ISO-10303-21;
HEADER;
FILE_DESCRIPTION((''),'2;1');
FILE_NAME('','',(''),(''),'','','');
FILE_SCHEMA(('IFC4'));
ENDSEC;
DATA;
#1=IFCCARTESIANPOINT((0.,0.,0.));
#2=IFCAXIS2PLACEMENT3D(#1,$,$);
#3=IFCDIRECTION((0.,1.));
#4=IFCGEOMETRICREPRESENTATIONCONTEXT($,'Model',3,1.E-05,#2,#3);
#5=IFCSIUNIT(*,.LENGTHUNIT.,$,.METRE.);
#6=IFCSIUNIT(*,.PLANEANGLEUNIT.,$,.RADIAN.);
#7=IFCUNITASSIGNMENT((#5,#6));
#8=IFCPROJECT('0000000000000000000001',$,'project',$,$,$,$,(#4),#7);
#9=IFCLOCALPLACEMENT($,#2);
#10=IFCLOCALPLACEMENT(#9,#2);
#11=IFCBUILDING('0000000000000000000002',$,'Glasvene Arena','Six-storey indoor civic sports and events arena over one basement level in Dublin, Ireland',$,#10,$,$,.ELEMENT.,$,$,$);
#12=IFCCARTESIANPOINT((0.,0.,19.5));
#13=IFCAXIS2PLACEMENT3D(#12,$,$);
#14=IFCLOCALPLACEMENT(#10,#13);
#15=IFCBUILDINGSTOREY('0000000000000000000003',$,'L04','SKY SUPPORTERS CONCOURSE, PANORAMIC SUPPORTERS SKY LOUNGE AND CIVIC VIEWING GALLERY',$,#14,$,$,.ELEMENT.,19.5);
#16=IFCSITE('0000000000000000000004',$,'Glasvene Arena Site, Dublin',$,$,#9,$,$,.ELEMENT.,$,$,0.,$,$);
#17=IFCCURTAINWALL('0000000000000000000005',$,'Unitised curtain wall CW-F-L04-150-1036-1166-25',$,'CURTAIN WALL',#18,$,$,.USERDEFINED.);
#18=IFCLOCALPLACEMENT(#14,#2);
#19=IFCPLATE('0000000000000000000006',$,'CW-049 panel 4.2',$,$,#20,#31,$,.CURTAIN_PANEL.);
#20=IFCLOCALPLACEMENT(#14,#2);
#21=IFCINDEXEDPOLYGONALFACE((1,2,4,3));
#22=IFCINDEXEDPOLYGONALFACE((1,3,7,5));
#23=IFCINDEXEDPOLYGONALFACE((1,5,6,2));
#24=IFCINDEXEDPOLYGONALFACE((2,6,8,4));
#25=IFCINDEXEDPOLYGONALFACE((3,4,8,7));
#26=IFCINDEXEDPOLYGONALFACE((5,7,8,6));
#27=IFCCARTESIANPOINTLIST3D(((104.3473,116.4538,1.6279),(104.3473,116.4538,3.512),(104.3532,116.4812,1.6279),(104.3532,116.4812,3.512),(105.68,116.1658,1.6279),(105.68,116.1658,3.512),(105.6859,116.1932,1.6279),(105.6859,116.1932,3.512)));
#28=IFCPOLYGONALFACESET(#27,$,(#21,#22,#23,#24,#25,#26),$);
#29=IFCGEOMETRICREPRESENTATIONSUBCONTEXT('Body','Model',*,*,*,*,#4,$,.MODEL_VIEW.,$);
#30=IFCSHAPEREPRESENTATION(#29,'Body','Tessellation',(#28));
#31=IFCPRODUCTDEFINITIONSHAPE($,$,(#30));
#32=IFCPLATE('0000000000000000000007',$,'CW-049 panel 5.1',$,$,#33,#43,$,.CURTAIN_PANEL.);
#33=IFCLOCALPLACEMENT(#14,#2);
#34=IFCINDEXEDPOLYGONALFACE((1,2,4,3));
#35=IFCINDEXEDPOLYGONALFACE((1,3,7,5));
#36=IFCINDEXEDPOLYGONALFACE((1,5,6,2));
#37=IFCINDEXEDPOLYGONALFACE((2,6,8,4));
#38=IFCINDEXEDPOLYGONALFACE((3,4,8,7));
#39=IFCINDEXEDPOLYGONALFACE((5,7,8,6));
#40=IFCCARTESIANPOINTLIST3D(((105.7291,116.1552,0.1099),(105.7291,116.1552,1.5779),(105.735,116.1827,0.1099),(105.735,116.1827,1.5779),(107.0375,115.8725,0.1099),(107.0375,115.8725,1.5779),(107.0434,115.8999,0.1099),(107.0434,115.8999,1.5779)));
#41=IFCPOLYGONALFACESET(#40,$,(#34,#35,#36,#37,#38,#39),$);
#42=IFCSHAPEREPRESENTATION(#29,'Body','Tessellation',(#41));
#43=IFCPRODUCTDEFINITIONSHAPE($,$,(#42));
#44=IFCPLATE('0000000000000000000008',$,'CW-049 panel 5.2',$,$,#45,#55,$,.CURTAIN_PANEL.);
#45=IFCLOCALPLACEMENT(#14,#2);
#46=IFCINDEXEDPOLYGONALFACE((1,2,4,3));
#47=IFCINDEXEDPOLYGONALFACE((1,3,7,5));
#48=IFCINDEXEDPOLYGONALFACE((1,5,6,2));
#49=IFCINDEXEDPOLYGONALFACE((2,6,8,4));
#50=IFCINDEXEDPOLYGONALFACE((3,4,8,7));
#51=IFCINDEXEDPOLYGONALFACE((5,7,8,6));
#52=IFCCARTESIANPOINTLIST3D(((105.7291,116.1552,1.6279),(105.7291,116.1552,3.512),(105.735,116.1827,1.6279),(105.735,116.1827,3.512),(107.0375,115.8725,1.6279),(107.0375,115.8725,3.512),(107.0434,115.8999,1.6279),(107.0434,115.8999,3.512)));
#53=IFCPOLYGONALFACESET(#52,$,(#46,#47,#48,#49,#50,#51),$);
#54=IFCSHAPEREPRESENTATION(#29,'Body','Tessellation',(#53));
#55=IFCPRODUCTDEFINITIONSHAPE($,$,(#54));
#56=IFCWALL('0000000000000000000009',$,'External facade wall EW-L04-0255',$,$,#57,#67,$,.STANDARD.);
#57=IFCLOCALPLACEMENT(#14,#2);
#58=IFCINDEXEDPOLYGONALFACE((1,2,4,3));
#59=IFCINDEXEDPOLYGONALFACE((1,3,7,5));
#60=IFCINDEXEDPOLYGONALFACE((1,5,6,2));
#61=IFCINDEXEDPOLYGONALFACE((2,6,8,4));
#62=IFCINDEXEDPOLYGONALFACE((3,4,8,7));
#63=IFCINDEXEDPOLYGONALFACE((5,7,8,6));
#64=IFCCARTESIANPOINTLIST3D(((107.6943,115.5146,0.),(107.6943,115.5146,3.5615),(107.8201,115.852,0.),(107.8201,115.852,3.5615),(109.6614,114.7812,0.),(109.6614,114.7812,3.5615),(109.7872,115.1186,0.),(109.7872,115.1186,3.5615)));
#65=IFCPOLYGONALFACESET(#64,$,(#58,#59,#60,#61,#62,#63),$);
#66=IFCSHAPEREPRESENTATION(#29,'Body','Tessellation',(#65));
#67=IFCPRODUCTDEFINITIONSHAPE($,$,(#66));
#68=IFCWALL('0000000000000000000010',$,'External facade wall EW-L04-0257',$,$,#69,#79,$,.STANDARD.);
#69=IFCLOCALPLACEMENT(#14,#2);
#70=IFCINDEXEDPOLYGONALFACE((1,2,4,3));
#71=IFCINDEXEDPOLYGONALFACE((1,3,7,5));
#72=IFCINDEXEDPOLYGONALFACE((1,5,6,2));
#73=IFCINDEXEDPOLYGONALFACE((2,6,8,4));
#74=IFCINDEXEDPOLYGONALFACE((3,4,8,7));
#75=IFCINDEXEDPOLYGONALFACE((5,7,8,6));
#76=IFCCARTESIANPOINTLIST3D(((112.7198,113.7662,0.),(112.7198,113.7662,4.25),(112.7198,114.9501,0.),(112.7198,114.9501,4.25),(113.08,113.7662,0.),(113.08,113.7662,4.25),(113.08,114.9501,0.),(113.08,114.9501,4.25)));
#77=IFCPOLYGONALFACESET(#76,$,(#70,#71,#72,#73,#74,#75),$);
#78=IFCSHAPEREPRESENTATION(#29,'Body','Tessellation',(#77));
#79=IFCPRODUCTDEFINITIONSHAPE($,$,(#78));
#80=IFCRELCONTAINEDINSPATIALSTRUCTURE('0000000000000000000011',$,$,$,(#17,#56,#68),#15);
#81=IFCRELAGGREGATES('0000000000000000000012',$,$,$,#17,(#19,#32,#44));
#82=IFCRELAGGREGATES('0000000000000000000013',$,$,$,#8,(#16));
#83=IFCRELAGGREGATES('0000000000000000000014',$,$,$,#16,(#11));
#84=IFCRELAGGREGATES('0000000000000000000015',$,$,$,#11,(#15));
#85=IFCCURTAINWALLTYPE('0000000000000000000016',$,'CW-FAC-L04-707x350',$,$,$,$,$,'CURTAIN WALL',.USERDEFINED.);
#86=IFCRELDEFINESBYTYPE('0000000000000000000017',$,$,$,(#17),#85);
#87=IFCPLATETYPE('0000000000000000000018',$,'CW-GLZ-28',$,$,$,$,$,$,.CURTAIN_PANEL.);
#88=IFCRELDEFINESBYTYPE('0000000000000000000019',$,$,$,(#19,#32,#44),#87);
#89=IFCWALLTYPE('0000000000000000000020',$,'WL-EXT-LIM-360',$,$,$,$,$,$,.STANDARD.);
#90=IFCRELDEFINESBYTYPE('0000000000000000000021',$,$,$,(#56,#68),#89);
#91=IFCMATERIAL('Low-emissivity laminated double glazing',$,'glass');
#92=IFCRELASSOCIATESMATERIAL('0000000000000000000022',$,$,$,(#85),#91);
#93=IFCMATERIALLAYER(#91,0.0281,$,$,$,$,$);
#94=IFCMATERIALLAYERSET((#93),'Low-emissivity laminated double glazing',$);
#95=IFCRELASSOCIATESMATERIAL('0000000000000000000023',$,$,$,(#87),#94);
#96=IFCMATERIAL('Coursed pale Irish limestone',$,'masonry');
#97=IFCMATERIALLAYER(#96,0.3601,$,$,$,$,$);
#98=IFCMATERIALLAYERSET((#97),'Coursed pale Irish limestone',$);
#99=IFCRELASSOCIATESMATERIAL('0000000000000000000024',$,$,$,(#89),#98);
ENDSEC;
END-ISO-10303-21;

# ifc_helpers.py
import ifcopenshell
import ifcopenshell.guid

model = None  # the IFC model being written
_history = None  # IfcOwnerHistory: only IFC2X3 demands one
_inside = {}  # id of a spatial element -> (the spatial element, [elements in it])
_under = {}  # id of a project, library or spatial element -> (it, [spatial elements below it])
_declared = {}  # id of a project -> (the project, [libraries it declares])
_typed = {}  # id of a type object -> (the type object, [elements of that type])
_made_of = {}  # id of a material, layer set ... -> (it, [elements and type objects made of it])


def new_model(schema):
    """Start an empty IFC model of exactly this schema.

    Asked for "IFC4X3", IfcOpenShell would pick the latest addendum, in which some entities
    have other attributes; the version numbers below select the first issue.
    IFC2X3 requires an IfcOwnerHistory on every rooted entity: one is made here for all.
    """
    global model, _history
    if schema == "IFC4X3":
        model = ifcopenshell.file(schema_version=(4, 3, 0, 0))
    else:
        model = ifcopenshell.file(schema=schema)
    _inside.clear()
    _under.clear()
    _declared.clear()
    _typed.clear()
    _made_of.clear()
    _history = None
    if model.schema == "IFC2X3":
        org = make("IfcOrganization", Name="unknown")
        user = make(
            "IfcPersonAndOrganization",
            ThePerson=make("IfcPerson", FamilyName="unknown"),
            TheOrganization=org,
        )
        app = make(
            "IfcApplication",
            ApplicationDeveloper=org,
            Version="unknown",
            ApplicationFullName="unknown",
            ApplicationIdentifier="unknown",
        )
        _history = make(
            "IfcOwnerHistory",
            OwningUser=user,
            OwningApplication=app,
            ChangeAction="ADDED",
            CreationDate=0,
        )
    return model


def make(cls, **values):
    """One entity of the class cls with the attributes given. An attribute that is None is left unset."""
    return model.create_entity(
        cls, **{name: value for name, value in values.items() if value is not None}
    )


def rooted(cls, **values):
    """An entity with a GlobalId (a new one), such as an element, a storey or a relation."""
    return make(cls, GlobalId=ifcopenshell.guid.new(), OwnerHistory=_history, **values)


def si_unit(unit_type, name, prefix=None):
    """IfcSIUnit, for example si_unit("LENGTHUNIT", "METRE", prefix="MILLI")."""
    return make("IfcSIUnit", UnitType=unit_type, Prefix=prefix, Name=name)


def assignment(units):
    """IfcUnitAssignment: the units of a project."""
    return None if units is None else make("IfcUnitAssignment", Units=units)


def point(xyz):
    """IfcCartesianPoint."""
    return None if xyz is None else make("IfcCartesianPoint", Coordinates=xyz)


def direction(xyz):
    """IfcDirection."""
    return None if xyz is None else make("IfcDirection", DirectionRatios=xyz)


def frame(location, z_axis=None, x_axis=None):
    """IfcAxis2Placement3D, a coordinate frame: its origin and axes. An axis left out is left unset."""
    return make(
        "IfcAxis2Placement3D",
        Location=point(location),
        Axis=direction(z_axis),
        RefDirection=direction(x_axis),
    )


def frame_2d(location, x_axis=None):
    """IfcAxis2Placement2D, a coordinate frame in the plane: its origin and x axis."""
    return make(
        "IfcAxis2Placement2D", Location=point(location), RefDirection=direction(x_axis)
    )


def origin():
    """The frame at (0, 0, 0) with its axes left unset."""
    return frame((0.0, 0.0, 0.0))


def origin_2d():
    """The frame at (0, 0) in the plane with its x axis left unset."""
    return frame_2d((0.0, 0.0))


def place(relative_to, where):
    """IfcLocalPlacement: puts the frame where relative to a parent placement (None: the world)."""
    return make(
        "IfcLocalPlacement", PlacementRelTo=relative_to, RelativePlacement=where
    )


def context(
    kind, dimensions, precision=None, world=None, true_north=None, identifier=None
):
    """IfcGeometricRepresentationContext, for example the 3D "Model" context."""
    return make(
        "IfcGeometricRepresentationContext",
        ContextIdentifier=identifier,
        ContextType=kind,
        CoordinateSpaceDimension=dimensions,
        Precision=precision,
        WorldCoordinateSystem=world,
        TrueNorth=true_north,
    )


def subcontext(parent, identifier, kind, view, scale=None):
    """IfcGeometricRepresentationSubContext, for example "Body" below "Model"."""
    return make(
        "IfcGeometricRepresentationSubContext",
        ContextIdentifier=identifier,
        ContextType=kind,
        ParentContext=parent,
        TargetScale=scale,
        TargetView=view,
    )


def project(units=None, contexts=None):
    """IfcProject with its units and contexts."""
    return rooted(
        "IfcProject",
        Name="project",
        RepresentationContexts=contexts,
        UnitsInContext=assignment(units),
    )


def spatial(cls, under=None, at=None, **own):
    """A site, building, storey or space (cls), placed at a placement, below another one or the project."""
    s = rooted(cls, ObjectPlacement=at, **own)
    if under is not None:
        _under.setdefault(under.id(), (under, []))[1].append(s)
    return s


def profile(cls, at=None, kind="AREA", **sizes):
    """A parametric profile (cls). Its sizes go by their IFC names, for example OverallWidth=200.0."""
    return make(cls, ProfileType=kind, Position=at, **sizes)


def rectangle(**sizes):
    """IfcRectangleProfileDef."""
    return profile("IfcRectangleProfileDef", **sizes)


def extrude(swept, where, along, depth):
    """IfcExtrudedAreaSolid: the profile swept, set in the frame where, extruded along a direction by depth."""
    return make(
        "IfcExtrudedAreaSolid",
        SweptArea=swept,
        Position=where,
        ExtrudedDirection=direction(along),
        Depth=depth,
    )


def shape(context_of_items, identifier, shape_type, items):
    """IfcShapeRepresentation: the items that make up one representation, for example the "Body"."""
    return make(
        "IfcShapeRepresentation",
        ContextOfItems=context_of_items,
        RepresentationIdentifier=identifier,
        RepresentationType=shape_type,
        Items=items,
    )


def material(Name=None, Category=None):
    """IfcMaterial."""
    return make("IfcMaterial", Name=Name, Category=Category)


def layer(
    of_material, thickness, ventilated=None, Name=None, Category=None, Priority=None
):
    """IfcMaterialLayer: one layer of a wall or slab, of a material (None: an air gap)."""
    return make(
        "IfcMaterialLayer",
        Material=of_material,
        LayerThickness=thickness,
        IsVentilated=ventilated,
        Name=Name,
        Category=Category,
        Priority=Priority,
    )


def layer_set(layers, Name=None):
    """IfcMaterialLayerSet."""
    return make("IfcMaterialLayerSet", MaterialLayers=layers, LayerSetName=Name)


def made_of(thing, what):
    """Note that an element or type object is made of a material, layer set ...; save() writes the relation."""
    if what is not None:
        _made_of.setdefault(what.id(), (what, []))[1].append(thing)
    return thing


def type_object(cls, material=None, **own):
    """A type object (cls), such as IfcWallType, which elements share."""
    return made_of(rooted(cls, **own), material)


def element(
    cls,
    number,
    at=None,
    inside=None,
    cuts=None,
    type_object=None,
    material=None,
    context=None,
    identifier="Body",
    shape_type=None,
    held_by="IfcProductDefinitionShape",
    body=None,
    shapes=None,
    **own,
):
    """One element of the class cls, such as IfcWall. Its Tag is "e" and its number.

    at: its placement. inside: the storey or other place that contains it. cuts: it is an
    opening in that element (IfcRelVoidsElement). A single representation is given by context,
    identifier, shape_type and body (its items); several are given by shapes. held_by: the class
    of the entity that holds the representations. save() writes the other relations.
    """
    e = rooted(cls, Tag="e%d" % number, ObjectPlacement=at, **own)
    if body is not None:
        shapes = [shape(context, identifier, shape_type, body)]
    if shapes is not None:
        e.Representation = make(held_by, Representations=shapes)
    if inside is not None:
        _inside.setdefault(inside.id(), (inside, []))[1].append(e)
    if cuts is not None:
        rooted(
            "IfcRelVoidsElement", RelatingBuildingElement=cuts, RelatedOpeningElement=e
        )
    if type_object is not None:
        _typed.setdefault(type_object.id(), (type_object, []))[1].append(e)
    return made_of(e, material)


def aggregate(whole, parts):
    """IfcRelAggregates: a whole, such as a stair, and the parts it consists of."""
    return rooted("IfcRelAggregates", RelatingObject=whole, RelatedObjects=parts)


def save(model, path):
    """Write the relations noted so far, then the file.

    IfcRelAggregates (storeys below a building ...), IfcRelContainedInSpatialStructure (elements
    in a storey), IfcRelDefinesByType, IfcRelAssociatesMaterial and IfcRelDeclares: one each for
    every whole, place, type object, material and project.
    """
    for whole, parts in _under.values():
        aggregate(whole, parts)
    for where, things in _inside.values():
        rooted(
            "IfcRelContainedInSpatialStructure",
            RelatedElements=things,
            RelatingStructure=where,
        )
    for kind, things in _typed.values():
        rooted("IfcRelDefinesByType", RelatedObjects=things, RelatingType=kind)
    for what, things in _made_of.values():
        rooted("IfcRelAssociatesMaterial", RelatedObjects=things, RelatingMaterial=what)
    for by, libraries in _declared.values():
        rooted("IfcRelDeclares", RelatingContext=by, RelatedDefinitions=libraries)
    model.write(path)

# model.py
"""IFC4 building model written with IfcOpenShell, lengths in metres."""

from ifc_helpers import new_model, si_unit, direction, frame, frame_2d, origin, origin_2d, place, context, subcontext, project, spatial, rectangle, extrude, material, layer, layer_set, type_object, element, aggregate, save


model = new_model("IFC4")

# Units and contexts
model_context = context("Model", 3, precision=1e-05, world=origin(), true_north=direction((0.0, 1.0)))
body_context = subcontext(model_context, "Body", "Model", "MODEL_VIEW")
ifc_project = project(units=[si_unit("LENGTHUNIT", "METRE"), si_unit("PLANEANGLEUNIT", "RADIAN")], contexts=[model_context])

# Site, building, storey
site_placement = place(None, origin())
site = spatial("IfcSite", under=ifc_project, at=site_placement, Name="Glasvene Arena Site, Dublin", CompositionType="ELEMENT", RefElevation=0.0)
building_placement = place(site_placement, origin())
building = spatial("IfcBuilding", under=site, at=building_placement, Name="Glasvene Arena", Description="Six-storey indoor civic sports and events arena over one basement level in Dublin, Ireland", CompositionType="ELEMENT")
storey_placement = place(building_placement, frame((0.0, 0.0, 19.5)))
storey = spatial("IfcBuildingStorey", under=building, at=storey_placement, Name="L04", Description="SKY SUPPORTERS CONCOURSE, PANORAMIC SUPPORTERS SKY LOUNGE AND CIVIC VIEWING GALLERY", CompositionType="ELEMENT", Elevation=19.5)

# Curtain wall, plates
ifc_material_1 = material(Name="Low-emissivity laminated double glazing", Category="glass")
curtain_wall_type = type_object("IfcCurtainWallType", Name="CW-FAC-L04-707x350", ElementType="CURTAIN WALL", PredefinedType="USERDEFINED", material=ifc_material_1)
curtain_wall_placement = place(storey_placement, frame((100.1807, 117.3684, 0.0)))
curtain_wall = element("IfcCurtainWall", 1, at=curtain_wall_placement, inside=storey, type_object=curtain_wall_type, Name="Unitised curtain wall CW-F-L04-150-1036-1166-25", ObjectType="CURTAIN WALL", PredefinedType="USERDEFINED")
ifc_layer_1 = layer(ifc_material_1, 0.0281)
ifc_layer_set_1 = layer_set([ifc_layer_1], Name="Low-emissivity laminated double glazing")
plate_type = type_object("IfcPlateType", Name="CW-GLZ-28", PredefinedType="CURTAIN_PANEL", material=ifc_layer_set_1)
plate_1_placement = place(storey_placement, frame((105.0166, 116.3235, 1.6279), z_axis=(0.0, 0.0, 1.0), x_axis=(0.977438, -0.211221, 0.0)))
plate_1 = element("IfcPlate", 2, at=plate_1_placement, type_object=plate_type, Name="CW-049 panel 4.2", PredefinedType="CURTAIN_PANEL", context=body_context, shape_type="SweptSolid", body=[
    extrude(rectangle(XDim=1.3635, YDim=0.0281, at=origin_2d()), origin(), (0.0, 0.0, 1.0), 1.884),
])
plate_2_placement = place(storey_placement, frame((106.3862, 116.0276, 0.1099), z_axis=(0.0, 0.0, 1.0), x_axis=(0.977438, -0.211221, 0.0)))
plate_2 = element("IfcPlate", 3, at=plate_2_placement, type_object=plate_type, Name="CW-049 panel 5.1", PredefinedType="CURTAIN_PANEL", context=body_context, shape_type="SweptSolid", body=[
    extrude(rectangle(XDim=1.3386, YDim=0.0281, at=origin_2d()), origin(), (0.0, 0.0, 1.0), 1.468),
])
plate_3_placement = place(storey_placement, frame((106.3862, 116.0276, 1.6279), z_axis=(0.0, 0.0, 1.0), x_axis=(0.977438, -0.211221, 0.0)))
plate_3 = element("IfcPlate", 4, at=plate_3_placement, type_object=plate_type, Name="CW-049 panel 5.2", PredefinedType="CURTAIN_PANEL", context=body_context, shape_type="SweptSolid", body=[
    extrude(rectangle(XDim=1.3386, YDim=0.0281, at=origin_2d()), origin(), (0.0, 0.0, 1.0), 1.884),
])
aggregate(curtain_wall, [plate_1, plate_2, plate_3])

# Walls
ifc_material_2 = material(Name="Coursed pale Irish limestone", Category="masonry")
ifc_layer_2 = layer(ifc_material_2, 0.3601)
ifc_layer_set_2 = layer_set([ifc_layer_2], Name="Coursed pale Irish limestone")
wall_type = type_object("IfcWallType", Name="WL-EXT-LIM-360", PredefinedType="STANDARD", material=ifc_layer_set_2)
wall_1_placement = place(storey_placement, frame((107.7571, 115.6833, 0.0), z_axis=(0.0, 0.0, 1.0), x_axis=(0.936992, -0.349351, 0.0)))
element("IfcWall", 5, at=wall_1_placement, inside=storey, type_object=wall_type, Name="External facade wall EW-L04-0255", PredefinedType="STANDARD", context=body_context, shape_type="SweptSolid", body=[
    extrude(rectangle(XDim=2.0994, YDim=0.3601, at=frame_2d((1.0498, 0.0))), origin(), (0.0, 0.0, 1.0), 3.5615),
])
wall_2_placement = place(storey_placement, frame((112.8999, 114.95, 0.0), z_axis=(0.0, 0.0, 1.0), x_axis=(0.0, -1.0, 0.0)))
element("IfcWall", 6, at=wall_2_placement, inside=storey, type_object=wall_type, Name="External facade wall EW-L04-0257", PredefinedType="STANDARD", context=body_context, shape_type="SweptSolid", body=[
    extrude(rectangle(XDim=1.1838, YDim=0.3601, at=frame_2d((0.5918, 0.0))), origin(), (0.0, 0.0, 1.0), 4.25),
])

save(model, "model.ifc")
